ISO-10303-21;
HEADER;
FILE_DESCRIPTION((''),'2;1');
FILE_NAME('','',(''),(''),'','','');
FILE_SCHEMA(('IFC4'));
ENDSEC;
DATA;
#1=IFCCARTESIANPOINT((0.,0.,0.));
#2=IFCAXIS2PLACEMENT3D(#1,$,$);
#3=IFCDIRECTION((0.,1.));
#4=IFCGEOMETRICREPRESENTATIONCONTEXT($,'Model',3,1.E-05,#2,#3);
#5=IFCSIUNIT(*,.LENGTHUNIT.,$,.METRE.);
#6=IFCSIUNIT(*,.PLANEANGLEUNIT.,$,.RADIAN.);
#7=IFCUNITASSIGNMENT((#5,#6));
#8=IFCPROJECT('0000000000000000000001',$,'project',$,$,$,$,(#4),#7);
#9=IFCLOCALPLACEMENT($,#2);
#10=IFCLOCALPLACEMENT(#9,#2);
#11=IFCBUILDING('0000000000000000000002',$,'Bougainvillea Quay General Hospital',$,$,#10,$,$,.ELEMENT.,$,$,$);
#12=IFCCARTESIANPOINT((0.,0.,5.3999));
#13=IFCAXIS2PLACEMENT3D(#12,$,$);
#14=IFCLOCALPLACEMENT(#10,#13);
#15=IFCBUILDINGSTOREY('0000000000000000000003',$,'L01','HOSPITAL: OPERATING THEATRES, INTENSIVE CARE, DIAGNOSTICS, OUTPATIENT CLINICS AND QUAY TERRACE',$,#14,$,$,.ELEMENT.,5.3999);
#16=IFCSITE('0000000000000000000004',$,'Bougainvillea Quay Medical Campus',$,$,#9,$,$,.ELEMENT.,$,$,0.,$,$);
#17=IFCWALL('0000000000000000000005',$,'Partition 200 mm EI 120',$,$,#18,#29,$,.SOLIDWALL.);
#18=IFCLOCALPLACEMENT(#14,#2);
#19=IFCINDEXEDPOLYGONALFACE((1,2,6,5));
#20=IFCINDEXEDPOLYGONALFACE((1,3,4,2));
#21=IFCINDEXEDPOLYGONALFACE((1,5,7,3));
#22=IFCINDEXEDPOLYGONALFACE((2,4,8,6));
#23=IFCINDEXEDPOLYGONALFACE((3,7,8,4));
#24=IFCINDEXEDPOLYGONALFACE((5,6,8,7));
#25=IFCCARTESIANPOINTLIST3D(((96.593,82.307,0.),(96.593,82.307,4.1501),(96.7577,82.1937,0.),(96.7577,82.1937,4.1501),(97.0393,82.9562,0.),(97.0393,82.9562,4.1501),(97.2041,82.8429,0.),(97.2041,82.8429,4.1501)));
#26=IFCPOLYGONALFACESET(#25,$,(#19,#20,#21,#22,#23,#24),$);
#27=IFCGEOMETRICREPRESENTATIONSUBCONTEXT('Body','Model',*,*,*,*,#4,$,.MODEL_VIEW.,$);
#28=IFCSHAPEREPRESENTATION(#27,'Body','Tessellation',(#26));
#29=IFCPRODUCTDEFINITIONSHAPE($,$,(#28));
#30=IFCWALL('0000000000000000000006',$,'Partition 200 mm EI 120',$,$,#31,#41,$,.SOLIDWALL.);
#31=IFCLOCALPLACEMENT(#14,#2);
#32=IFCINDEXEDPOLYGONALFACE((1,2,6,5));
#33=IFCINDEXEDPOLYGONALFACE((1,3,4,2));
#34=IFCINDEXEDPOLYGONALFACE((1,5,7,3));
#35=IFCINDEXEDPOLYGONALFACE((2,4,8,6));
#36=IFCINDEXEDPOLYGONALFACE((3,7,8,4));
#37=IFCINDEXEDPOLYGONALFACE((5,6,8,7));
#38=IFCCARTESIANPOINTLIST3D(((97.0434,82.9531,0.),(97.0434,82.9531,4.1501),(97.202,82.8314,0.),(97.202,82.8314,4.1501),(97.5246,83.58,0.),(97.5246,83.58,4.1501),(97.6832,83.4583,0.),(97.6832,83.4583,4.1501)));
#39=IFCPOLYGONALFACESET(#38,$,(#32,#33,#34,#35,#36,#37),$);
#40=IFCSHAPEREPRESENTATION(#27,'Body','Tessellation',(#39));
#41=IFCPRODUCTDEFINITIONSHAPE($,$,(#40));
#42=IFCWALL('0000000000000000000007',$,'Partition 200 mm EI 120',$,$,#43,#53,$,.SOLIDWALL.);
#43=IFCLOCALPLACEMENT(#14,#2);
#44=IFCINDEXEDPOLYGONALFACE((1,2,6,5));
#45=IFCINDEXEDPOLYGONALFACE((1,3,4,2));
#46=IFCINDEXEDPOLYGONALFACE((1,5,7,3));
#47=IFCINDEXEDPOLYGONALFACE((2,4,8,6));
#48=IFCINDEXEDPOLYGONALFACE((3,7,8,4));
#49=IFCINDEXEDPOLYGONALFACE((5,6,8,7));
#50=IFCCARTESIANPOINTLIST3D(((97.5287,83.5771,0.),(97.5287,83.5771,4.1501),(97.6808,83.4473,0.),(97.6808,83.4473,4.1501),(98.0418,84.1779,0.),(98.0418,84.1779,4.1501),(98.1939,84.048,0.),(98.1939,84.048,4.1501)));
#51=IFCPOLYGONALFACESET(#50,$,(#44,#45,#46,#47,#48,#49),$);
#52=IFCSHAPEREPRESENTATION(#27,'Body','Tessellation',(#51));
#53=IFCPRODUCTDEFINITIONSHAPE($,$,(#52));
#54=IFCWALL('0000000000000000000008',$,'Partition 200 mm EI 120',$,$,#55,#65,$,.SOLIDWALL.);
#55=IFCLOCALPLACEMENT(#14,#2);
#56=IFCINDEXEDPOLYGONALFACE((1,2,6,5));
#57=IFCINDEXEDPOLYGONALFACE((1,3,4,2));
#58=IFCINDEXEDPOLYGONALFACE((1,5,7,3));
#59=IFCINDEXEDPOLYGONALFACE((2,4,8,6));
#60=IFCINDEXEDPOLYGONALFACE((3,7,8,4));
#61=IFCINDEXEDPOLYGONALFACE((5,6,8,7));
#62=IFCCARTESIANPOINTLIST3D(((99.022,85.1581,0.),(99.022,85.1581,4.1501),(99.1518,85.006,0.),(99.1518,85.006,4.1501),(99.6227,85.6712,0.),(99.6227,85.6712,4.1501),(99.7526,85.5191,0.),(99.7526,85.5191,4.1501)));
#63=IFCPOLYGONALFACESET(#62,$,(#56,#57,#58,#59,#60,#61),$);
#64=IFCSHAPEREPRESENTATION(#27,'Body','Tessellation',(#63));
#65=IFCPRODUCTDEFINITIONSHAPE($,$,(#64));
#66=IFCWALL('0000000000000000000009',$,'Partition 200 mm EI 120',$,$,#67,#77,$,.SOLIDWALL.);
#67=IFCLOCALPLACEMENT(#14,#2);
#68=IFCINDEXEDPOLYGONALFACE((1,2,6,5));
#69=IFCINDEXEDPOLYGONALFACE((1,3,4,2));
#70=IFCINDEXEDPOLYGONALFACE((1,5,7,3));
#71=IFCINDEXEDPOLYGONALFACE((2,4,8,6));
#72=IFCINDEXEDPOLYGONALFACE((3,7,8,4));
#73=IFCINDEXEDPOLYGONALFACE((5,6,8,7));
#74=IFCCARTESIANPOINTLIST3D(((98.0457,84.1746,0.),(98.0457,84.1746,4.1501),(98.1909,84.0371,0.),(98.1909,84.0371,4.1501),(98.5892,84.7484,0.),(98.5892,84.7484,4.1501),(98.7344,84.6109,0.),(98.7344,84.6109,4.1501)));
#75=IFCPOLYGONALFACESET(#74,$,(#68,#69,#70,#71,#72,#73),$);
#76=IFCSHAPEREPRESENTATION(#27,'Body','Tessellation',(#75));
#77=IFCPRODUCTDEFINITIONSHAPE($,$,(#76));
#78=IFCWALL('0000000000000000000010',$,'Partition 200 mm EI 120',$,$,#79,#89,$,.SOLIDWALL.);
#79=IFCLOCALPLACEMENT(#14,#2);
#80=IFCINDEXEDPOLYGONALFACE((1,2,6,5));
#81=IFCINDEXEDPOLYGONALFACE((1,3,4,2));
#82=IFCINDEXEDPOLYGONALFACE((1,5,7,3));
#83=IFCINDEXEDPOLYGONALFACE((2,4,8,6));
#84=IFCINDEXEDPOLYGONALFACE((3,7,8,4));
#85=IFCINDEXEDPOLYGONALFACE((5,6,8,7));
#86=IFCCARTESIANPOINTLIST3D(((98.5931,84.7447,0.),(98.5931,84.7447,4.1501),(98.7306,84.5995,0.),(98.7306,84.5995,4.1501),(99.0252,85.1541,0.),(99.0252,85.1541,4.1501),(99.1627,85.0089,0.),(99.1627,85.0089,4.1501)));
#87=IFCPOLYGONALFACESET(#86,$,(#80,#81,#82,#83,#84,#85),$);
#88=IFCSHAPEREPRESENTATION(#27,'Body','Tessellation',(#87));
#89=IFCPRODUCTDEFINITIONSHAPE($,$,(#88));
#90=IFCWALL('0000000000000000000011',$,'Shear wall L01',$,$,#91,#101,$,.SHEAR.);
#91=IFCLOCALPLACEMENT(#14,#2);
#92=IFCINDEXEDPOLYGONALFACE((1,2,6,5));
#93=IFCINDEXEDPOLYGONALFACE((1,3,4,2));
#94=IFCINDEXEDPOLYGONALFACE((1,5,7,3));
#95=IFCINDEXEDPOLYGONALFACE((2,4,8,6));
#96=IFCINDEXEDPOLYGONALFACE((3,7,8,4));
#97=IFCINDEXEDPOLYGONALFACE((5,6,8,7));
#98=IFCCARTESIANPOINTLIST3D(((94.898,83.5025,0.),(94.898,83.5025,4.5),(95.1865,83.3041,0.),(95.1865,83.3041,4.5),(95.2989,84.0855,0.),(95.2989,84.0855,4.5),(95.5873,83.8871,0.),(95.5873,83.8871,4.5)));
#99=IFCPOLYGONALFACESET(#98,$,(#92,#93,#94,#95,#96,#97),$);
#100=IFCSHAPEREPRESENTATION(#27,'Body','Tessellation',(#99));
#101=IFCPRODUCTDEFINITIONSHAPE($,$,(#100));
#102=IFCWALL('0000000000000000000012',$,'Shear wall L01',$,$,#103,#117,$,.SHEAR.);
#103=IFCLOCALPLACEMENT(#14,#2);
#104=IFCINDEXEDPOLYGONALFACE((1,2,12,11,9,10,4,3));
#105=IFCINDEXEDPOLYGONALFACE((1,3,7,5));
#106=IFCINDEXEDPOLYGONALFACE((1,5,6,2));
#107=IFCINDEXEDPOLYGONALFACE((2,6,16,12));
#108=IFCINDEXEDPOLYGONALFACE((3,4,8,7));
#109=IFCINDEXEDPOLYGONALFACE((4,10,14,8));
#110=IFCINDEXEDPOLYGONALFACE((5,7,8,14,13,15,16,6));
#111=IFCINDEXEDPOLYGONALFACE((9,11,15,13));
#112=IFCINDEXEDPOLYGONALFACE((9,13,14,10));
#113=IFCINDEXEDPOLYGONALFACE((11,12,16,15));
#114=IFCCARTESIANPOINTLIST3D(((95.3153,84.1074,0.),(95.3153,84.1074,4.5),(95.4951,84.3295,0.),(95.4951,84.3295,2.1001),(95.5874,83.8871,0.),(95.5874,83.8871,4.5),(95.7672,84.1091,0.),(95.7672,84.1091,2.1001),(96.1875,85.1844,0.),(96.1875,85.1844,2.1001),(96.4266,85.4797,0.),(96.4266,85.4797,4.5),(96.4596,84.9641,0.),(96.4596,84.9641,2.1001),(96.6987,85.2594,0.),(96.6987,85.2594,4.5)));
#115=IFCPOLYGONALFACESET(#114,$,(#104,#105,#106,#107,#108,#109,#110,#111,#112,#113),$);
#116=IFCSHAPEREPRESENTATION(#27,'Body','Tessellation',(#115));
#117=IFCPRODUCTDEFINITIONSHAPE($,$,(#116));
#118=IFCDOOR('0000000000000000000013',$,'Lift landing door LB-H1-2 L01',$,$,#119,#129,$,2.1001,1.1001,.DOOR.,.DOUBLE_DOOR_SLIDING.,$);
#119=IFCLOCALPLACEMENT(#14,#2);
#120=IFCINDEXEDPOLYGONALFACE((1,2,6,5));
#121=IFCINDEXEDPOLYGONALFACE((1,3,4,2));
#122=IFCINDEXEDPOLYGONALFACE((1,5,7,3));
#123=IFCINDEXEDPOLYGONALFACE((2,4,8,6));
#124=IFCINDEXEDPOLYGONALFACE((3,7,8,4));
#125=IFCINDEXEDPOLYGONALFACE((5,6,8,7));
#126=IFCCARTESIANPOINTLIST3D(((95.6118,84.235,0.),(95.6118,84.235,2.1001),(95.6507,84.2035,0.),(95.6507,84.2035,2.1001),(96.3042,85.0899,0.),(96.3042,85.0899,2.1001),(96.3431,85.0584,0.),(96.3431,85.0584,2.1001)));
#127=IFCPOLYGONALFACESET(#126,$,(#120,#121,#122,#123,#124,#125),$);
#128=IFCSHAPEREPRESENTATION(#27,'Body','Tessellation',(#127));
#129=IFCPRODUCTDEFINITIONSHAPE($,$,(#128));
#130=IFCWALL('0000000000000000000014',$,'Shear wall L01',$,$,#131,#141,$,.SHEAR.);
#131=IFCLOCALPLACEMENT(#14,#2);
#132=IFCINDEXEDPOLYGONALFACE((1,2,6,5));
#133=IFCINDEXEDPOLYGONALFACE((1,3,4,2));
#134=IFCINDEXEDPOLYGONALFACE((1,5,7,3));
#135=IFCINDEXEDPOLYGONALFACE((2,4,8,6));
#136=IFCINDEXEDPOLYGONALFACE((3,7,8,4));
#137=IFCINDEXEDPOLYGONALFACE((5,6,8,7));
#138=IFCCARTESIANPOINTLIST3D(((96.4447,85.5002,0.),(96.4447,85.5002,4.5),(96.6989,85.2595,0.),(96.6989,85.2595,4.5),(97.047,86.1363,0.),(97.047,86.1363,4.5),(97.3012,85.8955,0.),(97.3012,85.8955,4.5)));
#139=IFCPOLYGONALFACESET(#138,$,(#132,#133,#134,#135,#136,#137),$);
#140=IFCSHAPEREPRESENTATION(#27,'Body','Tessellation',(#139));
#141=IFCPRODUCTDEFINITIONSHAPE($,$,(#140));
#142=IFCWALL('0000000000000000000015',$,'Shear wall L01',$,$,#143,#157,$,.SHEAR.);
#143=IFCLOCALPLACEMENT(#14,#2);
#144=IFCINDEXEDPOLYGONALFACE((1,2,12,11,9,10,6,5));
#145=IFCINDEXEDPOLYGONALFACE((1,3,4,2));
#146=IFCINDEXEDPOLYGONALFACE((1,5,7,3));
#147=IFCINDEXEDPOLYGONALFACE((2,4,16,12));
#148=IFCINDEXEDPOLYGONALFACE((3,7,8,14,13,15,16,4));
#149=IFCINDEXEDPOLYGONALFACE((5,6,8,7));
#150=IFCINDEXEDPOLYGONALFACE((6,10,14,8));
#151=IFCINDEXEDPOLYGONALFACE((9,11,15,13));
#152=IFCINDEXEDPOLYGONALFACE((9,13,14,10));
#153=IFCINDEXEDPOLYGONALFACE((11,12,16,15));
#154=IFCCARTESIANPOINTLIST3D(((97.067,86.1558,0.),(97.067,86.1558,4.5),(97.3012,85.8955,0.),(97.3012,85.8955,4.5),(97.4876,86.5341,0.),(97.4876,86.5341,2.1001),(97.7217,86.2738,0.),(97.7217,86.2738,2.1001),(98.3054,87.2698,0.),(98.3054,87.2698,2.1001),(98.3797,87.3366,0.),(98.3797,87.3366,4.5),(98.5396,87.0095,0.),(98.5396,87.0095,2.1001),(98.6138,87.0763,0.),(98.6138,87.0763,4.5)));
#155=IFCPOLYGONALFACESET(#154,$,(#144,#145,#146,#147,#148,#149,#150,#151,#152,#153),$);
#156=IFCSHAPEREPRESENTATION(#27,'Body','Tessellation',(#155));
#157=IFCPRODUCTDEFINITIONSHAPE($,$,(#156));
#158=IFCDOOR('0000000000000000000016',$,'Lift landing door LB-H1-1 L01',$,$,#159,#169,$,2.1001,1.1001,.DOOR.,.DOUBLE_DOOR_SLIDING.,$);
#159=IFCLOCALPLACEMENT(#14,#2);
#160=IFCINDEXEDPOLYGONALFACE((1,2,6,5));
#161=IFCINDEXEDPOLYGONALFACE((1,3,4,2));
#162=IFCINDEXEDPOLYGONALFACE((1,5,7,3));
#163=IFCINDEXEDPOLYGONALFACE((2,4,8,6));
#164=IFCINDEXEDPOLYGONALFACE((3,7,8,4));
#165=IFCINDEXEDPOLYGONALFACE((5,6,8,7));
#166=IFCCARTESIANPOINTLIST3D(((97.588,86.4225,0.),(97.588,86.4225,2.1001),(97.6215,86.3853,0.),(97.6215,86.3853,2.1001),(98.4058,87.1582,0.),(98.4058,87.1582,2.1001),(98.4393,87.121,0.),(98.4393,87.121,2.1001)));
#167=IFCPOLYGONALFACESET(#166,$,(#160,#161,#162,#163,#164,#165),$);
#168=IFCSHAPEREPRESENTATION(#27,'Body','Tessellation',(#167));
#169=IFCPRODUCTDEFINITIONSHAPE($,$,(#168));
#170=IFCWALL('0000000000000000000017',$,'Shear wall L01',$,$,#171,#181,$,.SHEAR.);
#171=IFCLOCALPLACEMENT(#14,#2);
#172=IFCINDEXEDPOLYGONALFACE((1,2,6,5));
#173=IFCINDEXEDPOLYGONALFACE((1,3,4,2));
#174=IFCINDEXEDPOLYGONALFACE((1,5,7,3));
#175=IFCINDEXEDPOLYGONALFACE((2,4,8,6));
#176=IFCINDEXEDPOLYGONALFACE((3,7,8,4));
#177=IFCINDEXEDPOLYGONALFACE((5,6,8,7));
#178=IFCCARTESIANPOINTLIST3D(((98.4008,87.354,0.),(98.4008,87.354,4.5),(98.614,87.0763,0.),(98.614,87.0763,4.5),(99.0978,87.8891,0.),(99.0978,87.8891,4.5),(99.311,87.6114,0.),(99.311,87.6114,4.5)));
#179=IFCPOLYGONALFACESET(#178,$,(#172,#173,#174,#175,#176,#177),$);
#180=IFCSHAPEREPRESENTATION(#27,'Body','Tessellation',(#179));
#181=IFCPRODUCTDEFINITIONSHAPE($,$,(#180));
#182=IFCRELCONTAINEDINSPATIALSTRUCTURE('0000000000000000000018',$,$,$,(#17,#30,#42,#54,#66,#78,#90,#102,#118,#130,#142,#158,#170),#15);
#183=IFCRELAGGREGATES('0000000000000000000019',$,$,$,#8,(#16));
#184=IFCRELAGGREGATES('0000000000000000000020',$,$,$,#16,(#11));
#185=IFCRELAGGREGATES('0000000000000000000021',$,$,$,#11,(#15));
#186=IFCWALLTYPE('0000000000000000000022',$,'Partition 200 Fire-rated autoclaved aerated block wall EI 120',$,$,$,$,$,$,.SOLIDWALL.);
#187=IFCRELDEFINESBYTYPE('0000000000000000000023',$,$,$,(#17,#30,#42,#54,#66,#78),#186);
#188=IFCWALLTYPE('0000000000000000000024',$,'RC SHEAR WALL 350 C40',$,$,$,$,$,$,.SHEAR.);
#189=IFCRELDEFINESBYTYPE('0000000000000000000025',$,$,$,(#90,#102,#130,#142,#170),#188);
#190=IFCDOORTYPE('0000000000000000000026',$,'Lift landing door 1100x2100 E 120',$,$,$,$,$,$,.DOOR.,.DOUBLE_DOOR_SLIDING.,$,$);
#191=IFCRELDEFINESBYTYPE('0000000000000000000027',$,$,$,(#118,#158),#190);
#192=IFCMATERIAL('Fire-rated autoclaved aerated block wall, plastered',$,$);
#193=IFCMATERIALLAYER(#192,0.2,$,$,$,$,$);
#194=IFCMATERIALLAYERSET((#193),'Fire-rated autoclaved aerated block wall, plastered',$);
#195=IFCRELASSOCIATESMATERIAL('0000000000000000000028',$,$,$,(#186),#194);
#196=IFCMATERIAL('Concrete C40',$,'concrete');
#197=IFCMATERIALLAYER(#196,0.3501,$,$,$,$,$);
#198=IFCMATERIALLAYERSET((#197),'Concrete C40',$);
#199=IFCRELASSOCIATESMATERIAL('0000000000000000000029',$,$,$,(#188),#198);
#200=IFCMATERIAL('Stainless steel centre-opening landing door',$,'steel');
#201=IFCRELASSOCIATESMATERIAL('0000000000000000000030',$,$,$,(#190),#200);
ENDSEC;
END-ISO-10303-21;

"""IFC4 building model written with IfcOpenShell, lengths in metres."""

from ifc_helpers import new_model, si_unit, direction, frame, frame_2d, origin, place, context, subcontext, project, spatial, rectangle, extrude, material, layer, layer_set, type_object, element, fill, save


model = new_model("IFC4")

# Units and contexts
model_context = context("Model", 3, precision=1e-05, world=origin(), true_north=direction((0.0, 1.0)))
body_context = subcontext(model_context, "Body", "Model", "MODEL_VIEW")
ifc_project = project(units=[si_unit("LENGTHUNIT", "METRE"), si_unit("PLANEANGLEUNIT", "RADIAN")], contexts=[model_context])

# Site, building, storey
site_placement = place(None, origin())
site = spatial("IfcSite", under=ifc_project, at=site_placement, Name="Bougainvillea Quay Medical Campus", CompositionType="ELEMENT", RefElevation=0.0)
building_placement = place(site_placement, origin())
building = spatial("IfcBuilding", under=site, at=building_placement, Name="Bougainvillea Quay General Hospital", CompositionType="ELEMENT")
storey_placement = place(building_placement, frame((0.0, 0.0, 5.3999)))
storey = spatial("IfcBuildingStorey", under=building, at=storey_placement, Name="L01", Description="HOSPITAL: OPERATING THEATRES, INTENSIVE CARE, DIAGNOSTICS, OUTPATIENT CLINICS AND QUAY TERRACE", CompositionType="ELEMENT", Elevation=5.3999)

# Shared definitions
ifc_material_1 = material(Name="Fire-rated autoclaved aerated block wall, plastered")
ifc_layer_1 = layer(ifc_material_1, 0.2)
ifc_layer_set_1 = layer_set([ifc_layer_1], Name="Fire-rated autoclaved aerated block wall, plastered")
wall_type_1 = type_object("IfcWallType", Name="Partition 200 Fire-rated autoclaved aerated block wall EI 120", PredefinedType="SOLIDWALL", material=ifc_layer_set_1)

# Walls
wall_1_placement = place(storey_placement, frame((96.6753, 82.2502, 0.0), z_axis=(0.0, 0.0, 1.0), x_axis=(0.566516, 0.824051, 0.0)))
element("IfcWall", 1, at=wall_1_placement, inside=storey, type_object=wall_type_1, Name="Partition 200 mm EI 120", PredefinedType="SOLIDWALL", context=body_context, shape_type="SweptSolid", body=[
    extrude(rectangle(XDim=0.7878, YDim=0.2, at=frame_2d((0.394, 0.0))), origin(), (0.0, 0.0, 1.0), 4.1501),
])
wall_2_placement = place(storey_placement, frame((97.1228, 82.8923, 0.0), z_axis=(0.0, 0.0, 1.0), x_axis=(0.608859, 0.793278, 0.0)))
element("IfcWall", 2, at=wall_2_placement, inside=storey, type_object=wall_type_1, Name="Partition 200 mm EI 120", PredefinedType="SOLIDWALL", context=body_context, shape_type="SweptSolid", body=[
    extrude(rectangle(XDim=0.7903, YDim=0.2, at=frame_2d((0.395, 0.0))), origin(), (0.0, 0.0, 1.0), 4.1501),
])
for number, where, z_axis, x_axis, name in (
    (3, (97.6047, 83.5122, 0.0), (0.0, 0.0, 1.0), (0.649467, 0.76039, 0.0), "Partition 200 mm EI 120"),
    (4, (99.0869, 85.082, 0.0), (0.0, 0.0, 1.0), (0.76039, 0.649467, 0.0), "Partition 200 mm EI 120"),
):
    element("IfcWall", number, at=place(storey_placement, frame(where, z_axis=z_axis, x_axis=x_axis)), inside=storey, type_object=wall_type_1, Name=name, PredefinedType="SOLIDWALL", context=body_context, shape_type="SweptSolid", body=[
        extrude(rectangle(XDim=0.79, YDim=0.2, at=frame_2d((0.395, 0.0))), origin(), (0.0, 0.0, 1.0), 4.1501),
    ])
wall_3_placement = place(storey_placement, frame((98.1184, 84.106, 0.0), z_axis=(0.0, 0.0, 1.0), x_axis=(0.687693, 0.726001, 0.0)))
element("IfcWall", 5, at=wall_3_placement, inside=storey, type_object=wall_type_1, Name="Partition 200 mm EI 120", PredefinedType="SOLIDWALL", context=body_context, shape_type="SweptSolid", body=[
    extrude(rectangle(XDim=0.7903, YDim=0.2, at=frame_2d((0.395, 0.0))), origin(), (0.0, 0.0, 1.0), 4.1501),
])
wall_4_placement = place(storey_placement, frame((98.6619, 84.6721, 0.0), z_axis=(0.0, 0.0, 1.0), x_axis=(0.72592, 0.687779, 0.0)))
element("IfcWall", 6, at=wall_4_placement, inside=storey, type_object=wall_type_1, Name="Partition 200 mm EI 120", PredefinedType="SOLIDWALL", context=body_context, shape_type="SweptSolid", body=[
    extrude(rectangle(XDim=0.5952, YDim=0.2, at=frame_2d((0.2976, 0.0))), origin(), (0.0, 0.0, 1.0), 4.1501),
])
ifc_material_2 = material(Name="Concrete C40", Category="concrete")
ifc_layer_2 = layer(ifc_material_2, 0.3501)
ifc_layer_set_2 = layer_set([ifc_layer_2], Name="Concrete C40")
wall_type_2 = type_object("IfcWallType", Name="RC SHEAR WALL 350 C40", PredefinedType="SHEAR", material=ifc_layer_set_2)
wall_5_placement = place(storey_placement, frame((95.0422, 83.4033, 0.0), z_axis=(0.0, 0.0, 1.0), x_axis=(0.566587, 0.824002, 0.0)))
element("IfcWall", 7, at=wall_5_placement, inside=storey, type_object=wall_type_2, Name="Shear wall L01", PredefinedType="SHEAR", context=body_context, shape_type="SweptSolid", body=[
    extrude(rectangle(XDim=0.7075, YDim=0.3501, at=frame_2d((0.3538, 0.0))), origin(), (0.0, 0.0, 1.0), 4.5),
])

# Wall, opening, door
wall_6_placement = place(storey_placement, frame((95.4514, 83.9973, 0.0), z_axis=(0.0, 0.0, 1.0), x_axis=(0.629337, 0.777132, 0.0)))
wall_6 = element("IfcWall", 8, at=wall_6_placement, inside=storey, type_object=wall_type_2, Name="Shear wall L01", PredefinedType="SHEAR", context=body_context, shape_type="SweptSolid", body=[
    extrude(rectangle(XDim=1.7659, YDim=0.3501, at=frame_2d((0.8828, 0.0))), origin(), (0.0, 0.0, 1.0), 4.5),
])
opening_1_placement = place(wall_6_placement, frame((0.2856, 0.0, 0.0)))
opening_1 = element("IfcOpeningElement", 9, at=opening_1_placement, cuts=wall_6, PredefinedType="OPENING", context=body_context, shape_type="SweptSolid", body=[
    extrude(rectangle(XDim=1.1001, YDim=2.1001, at=frame_2d((0.55, 1.05))), frame((0.0, 0.1851, 0.0), z_axis=(0.0, -1.0, 0.0), x_axis=(1.0, 0.0, 0.0)), (0.0, 0.0, 1.0), 0.3701),
])
ifc_material_3 = material(Name="Stainless steel centre-opening landing door", Category="steel")
door_type_1 = type_object("IfcDoorType", Name="Lift landing door 1100x2100 E 120", OperationType="DOUBLE_DOOR_SLIDING", PredefinedType="DOOR", material=ifc_material_3)
door_1_placement = place(opening_1_placement, origin())
door_1 = element("IfcDoor", 10, at=door_1_placement, inside=storey, type_object=door_type_1, Name="Lift landing door LB-H1-2 L01", OperationType="DOUBLE_DOOR_SLIDING", OverallHeight=2.1001, OverallWidth=1.1001, PredefinedType="DOOR", context=body_context, shape_type="SweptSolid", body=[
    extrude(rectangle(XDim=1.1001, YDim=2.1001, at=frame_2d((0.55, 1.05))), frame((0.0, 0.0249, 0.0), z_axis=(0.0, -1.0, 0.0), x_axis=(1.0, 0.0, 0.0)), (0.0, 0.0, 1.0), 0.05),
])
fill(opening_1, door_1)

# Wall
wall_7_placement = place(storey_placement, frame((96.5718, 85.3799, 0.0), z_axis=(0.0, 0.0, 1.0), x_axis=(0.687613, 0.726077, 0.0)))
element("IfcWall", 11, at=wall_7_placement, inside=storey, type_object=wall_type_2, Name="Shear wall L01", PredefinedType="SHEAR", context=body_context, shape_type="SweptSolid", body=[
    extrude(rectangle(XDim=0.876, YDim=0.3501, at=frame_2d((0.438, 0.0))), origin(), (0.0, 0.0, 1.0), 4.5),
])

# Wall, opening, door
wall_8_placement = place(storey_placement, frame((97.1841, 86.0256, 0.0), z_axis=(0.0, 0.0, 1.0), x_axis=(0.743452, 0.668789, 0.0)))
wall_8 = element("IfcWall", 12, at=wall_8_placement, inside=storey, type_object=wall_type_2, Name="Shear wall L01", PredefinedType="SHEAR", context=body_context, shape_type="SweptSolid", body=[
    extrude(rectangle(XDim=1.7656, YDim=0.3501, at=frame_2d((0.8828, 0.0))), origin(), (0.0, 0.0, 1.0), 4.5),
])
opening_2_placement = place(wall_8_placement, frame((0.5657, 0.0, 0.0)))
opening_2 = element("IfcOpeningElement", 13, at=opening_2_placement, cuts=wall_8, PredefinedType="OPENING", context=body_context, shape_type="SweptSolid", body=[
    extrude(rectangle(XDim=1.1001, YDim=2.1001, at=frame_2d((0.55, 1.05))), frame((0.0, 0.1851, 0.0), z_axis=(0.0, -1.0, 0.0), x_axis=(1.0, 0.0, 0.0)), (0.0, 0.0, 1.0), 0.3701),
])
door_2_placement = place(opening_2_placement, origin())
door_2 = element("IfcDoor", 14, at=door_2_placement, inside=storey, type_object=door_type_1, Name="Lift landing door LB-H1-1 L01", OperationType="DOUBLE_DOOR_SLIDING", OverallHeight=2.1001, OverallWidth=1.1001, PredefinedType="DOOR", context=body_context, shape_type="SweptSolid", body=[
    extrude(rectangle(XDim=1.1001, YDim=2.1001, at=frame_2d((0.55, 1.05))), frame((0.0, 0.0249, 0.0), z_axis=(0.0, -1.0, 0.0), x_axis=(1.0, 0.0, 0.0)), (0.0, 0.0, 1.0), 0.05),
])
fill(opening_2, door_2)

# Wall
wall_9_placement = place(storey_placement, frame((98.5073, 87.2151, 0.0), z_axis=(0.0, 0.0, 1.0), x_axis=(0.793181, 0.608985, 0.0)))
element("IfcWall", 15, at=wall_9_placement, inside=storey, type_object=wall_type_2, Name="Shear wall L01", PredefinedType="SHEAR", context=body_context, shape_type="SweptSolid", body=[
    extrude(rectangle(XDim=0.8787, YDim=0.3501, at=frame_2d((0.4395, 0.0))), origin(), (0.0, 0.0, 1.0), 4.5),
])

save(model, "model.ifc")
